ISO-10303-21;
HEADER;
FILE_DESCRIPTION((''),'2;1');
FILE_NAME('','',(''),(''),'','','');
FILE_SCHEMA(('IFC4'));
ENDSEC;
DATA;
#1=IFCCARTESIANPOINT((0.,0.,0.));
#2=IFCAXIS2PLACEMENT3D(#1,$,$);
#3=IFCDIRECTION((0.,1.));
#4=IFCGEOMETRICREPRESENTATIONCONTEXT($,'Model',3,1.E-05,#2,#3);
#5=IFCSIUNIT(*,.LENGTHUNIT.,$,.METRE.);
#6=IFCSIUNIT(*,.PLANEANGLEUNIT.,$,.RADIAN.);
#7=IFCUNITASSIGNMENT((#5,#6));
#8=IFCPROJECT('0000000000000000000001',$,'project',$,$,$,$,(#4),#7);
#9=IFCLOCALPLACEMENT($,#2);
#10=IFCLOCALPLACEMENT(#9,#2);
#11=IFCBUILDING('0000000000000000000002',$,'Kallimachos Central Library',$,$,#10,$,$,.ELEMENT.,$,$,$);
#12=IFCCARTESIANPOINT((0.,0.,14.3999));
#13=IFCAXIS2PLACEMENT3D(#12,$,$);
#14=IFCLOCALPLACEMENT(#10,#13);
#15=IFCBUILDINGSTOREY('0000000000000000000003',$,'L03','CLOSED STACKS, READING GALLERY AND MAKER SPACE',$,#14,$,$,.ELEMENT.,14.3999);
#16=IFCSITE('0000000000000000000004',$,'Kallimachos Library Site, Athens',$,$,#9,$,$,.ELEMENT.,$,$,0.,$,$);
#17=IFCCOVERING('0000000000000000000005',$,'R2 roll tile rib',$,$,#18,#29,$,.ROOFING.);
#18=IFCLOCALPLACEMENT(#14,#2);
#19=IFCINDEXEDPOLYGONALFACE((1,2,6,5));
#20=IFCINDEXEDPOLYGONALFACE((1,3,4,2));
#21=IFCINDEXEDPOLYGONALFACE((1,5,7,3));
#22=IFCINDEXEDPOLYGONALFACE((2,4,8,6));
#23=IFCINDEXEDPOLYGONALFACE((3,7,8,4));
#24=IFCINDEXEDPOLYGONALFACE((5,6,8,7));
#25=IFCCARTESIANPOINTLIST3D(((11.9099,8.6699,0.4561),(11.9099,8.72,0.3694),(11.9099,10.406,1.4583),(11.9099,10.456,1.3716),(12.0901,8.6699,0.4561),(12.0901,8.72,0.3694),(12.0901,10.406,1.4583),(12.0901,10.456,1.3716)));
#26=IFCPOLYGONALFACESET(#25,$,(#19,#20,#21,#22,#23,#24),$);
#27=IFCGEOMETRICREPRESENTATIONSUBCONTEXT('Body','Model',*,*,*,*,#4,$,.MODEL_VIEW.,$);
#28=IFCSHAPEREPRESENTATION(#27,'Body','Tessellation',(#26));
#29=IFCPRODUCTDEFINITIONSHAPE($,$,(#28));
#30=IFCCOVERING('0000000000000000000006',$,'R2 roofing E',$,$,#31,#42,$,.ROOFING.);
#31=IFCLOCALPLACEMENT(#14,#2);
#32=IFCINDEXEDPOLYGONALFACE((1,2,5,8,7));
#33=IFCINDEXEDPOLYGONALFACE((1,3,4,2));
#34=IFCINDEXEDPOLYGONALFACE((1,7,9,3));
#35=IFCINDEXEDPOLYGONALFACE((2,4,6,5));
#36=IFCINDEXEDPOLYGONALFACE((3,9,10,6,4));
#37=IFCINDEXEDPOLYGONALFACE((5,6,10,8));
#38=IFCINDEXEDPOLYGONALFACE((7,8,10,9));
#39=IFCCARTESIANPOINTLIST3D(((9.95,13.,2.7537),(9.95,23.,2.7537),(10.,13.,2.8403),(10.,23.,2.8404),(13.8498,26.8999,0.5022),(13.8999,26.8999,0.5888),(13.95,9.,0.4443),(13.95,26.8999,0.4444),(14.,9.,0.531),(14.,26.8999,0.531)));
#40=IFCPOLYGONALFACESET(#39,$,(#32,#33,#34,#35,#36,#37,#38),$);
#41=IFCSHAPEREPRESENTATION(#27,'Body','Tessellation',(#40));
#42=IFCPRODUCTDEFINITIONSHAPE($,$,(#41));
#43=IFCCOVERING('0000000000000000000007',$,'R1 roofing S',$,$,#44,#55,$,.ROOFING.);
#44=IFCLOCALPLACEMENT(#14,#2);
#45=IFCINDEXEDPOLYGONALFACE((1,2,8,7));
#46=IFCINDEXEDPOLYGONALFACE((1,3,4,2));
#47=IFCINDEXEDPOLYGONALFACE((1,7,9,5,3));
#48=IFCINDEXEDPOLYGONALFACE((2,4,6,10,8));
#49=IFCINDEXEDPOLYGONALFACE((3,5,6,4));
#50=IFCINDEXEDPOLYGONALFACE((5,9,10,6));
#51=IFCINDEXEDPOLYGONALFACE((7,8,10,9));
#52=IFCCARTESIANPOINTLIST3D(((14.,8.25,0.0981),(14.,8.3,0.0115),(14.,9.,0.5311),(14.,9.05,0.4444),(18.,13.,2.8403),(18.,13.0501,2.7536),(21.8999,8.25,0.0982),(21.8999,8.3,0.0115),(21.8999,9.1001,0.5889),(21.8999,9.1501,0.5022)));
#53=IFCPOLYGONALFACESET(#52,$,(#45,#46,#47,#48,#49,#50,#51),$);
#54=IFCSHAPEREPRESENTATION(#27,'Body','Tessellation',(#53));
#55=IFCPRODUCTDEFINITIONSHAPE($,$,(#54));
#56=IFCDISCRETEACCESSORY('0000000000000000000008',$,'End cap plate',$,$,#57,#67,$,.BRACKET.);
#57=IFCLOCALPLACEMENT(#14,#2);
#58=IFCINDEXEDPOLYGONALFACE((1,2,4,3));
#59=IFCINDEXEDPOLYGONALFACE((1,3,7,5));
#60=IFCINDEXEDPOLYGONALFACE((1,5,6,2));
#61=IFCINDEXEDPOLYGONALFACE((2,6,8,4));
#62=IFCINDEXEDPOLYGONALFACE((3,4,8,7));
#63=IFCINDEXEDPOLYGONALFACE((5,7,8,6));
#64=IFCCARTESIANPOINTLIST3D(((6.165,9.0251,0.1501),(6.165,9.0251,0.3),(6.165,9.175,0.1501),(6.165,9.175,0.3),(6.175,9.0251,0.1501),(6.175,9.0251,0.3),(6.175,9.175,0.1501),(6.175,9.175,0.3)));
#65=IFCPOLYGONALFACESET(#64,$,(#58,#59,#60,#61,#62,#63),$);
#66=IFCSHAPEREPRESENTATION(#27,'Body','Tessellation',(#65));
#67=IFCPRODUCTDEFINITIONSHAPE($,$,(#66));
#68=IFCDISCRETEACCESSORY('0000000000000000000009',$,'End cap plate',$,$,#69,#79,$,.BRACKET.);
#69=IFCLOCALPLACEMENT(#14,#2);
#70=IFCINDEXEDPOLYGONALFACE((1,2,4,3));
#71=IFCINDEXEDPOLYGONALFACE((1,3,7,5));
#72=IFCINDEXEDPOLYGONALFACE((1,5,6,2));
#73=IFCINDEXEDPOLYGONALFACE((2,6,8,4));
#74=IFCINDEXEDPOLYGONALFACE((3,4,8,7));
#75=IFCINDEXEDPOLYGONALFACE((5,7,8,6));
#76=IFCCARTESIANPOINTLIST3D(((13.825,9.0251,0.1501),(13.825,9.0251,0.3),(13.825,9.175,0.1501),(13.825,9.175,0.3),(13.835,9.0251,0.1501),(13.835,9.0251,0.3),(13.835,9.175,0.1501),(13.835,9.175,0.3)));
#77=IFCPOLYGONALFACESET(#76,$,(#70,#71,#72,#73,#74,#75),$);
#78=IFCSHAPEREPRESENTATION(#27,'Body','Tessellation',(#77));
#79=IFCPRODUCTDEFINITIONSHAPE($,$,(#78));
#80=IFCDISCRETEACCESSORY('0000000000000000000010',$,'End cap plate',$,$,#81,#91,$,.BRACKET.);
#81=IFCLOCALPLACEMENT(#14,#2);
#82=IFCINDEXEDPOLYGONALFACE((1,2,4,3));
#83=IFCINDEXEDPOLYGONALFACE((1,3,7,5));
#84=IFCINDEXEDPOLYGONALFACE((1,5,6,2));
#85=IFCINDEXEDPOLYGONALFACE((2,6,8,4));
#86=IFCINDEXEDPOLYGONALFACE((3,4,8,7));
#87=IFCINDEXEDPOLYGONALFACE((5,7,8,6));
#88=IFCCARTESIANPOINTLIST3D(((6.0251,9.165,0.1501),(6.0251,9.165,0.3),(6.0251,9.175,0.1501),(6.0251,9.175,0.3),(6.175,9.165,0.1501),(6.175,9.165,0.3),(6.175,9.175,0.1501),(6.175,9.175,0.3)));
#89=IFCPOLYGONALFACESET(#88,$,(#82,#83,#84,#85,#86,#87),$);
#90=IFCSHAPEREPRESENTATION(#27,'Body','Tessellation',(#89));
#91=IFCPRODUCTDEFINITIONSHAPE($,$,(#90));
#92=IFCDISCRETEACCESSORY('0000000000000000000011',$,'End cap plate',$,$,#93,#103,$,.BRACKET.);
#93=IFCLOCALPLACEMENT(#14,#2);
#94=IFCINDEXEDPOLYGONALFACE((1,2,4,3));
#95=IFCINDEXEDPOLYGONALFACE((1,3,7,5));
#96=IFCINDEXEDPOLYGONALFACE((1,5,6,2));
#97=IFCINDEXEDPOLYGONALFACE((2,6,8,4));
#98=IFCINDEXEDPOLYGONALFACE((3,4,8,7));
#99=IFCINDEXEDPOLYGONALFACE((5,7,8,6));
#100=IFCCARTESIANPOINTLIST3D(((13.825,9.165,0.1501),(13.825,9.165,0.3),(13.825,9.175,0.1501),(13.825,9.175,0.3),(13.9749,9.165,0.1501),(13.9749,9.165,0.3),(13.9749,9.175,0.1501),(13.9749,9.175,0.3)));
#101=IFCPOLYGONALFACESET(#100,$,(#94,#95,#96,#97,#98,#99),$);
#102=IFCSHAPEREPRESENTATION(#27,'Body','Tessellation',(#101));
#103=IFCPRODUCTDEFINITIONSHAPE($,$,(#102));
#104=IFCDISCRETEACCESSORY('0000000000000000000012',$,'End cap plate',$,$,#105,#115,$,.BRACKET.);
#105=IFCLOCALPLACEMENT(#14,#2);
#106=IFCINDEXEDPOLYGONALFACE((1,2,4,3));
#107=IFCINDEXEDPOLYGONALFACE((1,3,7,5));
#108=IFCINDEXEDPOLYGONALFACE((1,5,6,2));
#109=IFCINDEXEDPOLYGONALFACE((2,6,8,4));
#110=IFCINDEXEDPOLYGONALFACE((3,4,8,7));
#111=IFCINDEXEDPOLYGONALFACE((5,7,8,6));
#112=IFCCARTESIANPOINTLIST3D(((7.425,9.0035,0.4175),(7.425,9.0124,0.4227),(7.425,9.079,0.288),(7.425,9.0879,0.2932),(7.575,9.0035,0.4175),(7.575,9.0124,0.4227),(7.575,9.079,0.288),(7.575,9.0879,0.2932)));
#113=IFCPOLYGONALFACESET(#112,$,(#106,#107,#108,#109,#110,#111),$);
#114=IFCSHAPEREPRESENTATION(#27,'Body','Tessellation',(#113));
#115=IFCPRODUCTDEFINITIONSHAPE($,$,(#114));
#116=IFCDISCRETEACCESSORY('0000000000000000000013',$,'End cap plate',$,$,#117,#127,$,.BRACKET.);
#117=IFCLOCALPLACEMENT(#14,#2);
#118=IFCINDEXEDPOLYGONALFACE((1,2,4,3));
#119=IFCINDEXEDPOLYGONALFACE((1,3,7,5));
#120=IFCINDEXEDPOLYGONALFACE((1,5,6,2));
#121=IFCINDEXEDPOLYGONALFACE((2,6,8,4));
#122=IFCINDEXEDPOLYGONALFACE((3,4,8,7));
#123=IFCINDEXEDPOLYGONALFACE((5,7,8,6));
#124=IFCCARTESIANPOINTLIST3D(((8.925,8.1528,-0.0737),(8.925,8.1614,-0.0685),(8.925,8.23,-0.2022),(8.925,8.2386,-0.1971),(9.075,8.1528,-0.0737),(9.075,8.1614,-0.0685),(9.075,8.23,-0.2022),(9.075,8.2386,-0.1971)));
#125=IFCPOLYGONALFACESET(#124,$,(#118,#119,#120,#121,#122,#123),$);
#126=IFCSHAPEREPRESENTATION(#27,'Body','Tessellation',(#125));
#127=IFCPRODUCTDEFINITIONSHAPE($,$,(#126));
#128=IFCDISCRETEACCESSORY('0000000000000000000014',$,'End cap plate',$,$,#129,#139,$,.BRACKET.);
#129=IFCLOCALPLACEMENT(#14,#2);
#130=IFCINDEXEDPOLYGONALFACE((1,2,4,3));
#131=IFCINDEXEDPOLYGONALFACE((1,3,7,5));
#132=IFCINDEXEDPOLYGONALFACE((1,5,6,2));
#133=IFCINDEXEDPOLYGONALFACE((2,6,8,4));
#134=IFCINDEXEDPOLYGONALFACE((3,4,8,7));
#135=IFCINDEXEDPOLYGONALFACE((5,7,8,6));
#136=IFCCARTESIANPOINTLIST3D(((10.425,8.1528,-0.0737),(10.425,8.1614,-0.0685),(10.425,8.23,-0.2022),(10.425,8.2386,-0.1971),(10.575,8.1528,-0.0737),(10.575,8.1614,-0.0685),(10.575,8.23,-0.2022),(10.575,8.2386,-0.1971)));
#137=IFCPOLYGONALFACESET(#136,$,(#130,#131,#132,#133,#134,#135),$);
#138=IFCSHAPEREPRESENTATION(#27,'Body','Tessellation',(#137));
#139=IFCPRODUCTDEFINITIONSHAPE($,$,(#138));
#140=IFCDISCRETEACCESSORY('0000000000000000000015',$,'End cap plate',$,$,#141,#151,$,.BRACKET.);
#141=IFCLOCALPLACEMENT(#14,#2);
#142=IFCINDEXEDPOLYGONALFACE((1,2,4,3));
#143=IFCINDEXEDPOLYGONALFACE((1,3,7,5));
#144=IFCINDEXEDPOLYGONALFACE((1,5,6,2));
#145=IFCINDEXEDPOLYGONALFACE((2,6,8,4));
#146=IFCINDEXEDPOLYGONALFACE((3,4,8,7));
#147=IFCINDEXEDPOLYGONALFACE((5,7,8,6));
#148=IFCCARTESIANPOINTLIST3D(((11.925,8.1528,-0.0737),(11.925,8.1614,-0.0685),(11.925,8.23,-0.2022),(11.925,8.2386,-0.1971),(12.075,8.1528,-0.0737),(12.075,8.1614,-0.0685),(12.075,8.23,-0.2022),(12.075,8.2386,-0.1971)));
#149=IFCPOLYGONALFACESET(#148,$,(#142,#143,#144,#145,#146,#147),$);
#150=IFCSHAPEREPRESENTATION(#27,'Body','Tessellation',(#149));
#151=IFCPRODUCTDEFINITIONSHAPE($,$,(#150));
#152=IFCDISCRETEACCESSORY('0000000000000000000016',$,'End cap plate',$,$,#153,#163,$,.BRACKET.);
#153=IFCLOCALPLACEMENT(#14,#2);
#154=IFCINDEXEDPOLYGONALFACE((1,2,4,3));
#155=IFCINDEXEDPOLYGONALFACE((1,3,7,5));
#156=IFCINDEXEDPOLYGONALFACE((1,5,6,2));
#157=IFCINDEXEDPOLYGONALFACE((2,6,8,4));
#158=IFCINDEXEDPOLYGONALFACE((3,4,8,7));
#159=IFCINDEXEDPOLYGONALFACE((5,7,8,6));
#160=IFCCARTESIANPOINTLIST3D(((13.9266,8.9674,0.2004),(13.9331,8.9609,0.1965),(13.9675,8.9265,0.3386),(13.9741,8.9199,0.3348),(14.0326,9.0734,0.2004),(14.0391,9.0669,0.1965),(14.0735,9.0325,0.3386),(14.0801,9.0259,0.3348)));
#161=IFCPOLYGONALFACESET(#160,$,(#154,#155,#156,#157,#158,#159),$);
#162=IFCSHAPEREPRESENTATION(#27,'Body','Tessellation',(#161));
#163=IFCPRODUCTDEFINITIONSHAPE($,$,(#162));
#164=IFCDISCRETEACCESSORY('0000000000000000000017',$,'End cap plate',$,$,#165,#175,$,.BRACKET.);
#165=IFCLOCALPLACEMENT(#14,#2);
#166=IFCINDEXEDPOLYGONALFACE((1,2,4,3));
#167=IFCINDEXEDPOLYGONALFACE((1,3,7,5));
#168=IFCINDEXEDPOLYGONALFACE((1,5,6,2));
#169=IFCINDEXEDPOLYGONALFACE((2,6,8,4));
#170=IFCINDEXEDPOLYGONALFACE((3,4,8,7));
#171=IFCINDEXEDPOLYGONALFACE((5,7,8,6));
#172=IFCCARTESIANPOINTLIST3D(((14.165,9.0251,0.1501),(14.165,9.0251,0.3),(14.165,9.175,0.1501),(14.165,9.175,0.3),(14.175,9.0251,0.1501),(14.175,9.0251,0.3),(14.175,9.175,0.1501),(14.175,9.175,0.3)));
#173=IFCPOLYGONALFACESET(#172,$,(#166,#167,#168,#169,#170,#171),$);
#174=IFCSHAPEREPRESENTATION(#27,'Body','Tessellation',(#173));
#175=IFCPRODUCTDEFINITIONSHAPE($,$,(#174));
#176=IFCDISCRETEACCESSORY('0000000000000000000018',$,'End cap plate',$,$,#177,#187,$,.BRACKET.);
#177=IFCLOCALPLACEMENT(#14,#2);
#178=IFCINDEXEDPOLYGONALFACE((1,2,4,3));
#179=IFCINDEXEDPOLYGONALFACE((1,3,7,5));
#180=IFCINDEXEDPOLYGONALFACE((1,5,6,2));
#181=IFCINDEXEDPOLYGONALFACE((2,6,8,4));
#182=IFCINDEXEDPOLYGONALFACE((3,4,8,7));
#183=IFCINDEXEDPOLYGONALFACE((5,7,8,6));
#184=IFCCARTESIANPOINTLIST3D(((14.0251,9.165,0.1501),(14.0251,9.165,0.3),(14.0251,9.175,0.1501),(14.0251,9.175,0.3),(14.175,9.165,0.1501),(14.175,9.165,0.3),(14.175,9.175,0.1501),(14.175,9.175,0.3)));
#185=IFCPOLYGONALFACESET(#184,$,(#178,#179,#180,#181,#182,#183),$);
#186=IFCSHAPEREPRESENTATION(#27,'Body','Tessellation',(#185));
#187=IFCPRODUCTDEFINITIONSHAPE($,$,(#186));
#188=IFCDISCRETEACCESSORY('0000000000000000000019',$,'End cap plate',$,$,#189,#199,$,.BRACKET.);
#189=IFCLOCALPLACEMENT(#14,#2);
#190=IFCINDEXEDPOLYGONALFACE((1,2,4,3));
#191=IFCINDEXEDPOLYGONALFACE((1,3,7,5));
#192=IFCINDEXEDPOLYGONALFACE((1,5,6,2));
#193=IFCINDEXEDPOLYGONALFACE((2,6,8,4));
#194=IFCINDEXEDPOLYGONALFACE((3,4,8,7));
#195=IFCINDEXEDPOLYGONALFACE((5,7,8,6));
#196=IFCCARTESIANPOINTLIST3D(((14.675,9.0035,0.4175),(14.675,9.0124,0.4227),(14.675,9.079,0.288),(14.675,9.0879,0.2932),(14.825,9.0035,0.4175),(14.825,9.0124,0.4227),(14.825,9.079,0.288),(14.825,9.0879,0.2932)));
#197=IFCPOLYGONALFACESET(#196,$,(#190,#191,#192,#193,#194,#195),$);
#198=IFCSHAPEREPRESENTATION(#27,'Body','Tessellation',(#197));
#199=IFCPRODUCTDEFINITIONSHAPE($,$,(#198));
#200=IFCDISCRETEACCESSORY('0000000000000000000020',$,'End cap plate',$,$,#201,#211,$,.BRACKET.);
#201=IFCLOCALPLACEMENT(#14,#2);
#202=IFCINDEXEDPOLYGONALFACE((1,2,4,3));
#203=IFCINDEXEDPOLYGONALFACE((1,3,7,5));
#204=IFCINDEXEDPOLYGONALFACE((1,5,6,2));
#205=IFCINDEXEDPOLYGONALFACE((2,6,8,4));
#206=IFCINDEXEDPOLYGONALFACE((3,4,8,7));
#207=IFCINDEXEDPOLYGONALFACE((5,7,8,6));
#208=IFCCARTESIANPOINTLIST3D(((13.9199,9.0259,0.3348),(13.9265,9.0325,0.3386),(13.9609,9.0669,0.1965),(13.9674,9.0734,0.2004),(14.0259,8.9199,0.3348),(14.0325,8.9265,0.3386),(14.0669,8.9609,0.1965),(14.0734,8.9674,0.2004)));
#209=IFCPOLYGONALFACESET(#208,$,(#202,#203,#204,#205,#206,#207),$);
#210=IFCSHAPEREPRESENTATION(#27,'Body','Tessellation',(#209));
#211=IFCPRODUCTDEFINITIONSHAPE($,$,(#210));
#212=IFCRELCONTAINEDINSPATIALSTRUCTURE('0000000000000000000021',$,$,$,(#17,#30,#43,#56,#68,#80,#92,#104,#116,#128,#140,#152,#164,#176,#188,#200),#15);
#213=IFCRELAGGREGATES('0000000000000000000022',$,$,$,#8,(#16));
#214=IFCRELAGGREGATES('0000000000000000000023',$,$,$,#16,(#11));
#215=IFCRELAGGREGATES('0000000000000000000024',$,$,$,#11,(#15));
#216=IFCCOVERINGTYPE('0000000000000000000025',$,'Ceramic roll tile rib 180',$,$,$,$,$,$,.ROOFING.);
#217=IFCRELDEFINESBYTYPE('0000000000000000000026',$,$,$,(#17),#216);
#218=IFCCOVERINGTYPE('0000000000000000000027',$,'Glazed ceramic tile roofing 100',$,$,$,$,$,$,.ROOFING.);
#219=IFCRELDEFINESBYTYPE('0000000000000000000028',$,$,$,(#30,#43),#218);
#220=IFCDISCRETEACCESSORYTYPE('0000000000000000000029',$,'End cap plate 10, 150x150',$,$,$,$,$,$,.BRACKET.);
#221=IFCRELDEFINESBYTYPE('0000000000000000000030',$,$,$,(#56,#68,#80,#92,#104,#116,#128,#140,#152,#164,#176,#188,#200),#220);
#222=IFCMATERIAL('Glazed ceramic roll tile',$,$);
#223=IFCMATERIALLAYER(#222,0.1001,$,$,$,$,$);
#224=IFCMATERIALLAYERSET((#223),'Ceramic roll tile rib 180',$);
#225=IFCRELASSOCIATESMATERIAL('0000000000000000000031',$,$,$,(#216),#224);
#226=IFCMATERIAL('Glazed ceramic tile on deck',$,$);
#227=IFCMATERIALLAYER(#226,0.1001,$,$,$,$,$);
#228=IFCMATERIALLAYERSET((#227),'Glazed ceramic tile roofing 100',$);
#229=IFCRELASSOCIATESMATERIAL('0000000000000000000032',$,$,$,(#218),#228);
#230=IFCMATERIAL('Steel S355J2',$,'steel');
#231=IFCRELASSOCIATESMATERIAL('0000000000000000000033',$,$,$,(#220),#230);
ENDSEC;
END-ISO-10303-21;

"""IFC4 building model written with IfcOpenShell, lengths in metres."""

from ifc_helpers import new_model, si_unit, direction, frame, origin, origin_2d, place, context, subcontext, project, spatial, polyline, rectangle, outline, extrude, material, layer, layer_set, material_profile, profile_set, type_object, element, save


model = new_model("IFC4")

# Units and contexts
model_context = context("Model", 3, precision=1e-05, world=origin(), true_north=direction((0.0, 1.0)))
body_context = subcontext(model_context, "Body", "Model", "MODEL_VIEW")
ifc_project = project(units=[si_unit("LENGTHUNIT", "METRE"), si_unit("PLANEANGLEUNIT", "RADIAN")], contexts=[model_context])

# Site, building, storey
site_placement = place(None, origin())
site = spatial("IfcSite", under=ifc_project, at=site_placement, Name="Kallimachos Library Site, Athens", CompositionType="ELEMENT", RefElevation=0.0)
building_placement = place(site_placement, origin())
building = spatial("IfcBuilding", under=site, at=building_placement, Name="Kallimachos Central Library", CompositionType="ELEMENT")
storey_placement = place(building_placement, frame((0.0, 0.0, 14.3999)))
storey = spatial("IfcBuildingStorey", under=building, at=storey_placement, Name="L03", Description="CLOSED STACKS, READING GALLERY AND MAKER SPACE", CompositionType="ELEMENT", Elevation=14.3999)

# Coverings
ifc_material_1 = material(Name="Glazed ceramic roll tile")
ifc_layer_1 = layer(ifc_material_1, 0.1001)
ifc_layer_set_1 = layer_set([ifc_layer_1], Name="Ceramic roll tile rib 180")
covering_type_1 = type_object("IfcCoveringType", Name="Ceramic roll tile rib 180", PredefinedType="ROOFING", material=ifc_layer_set_1)
covering_1_placement = place(storey_placement, frame((11.9099, 8.6699, 0.4561), z_axis=(0.0, -0.499951, 0.866054), x_axis=(0.0, 0.866054, 0.499951)))
element("IfcCovering", 1, at=covering_1_placement, inside=storey, type_object=covering_type_1, Name="R2 roll tile rib", PredefinedType="ROOFING", context=body_context, shape_type="SweptSolid", body=[
    extrude(outline(polyline([(0.0, 0.0), (2.0046, 0.0), (2.0046, -0.1802), (0.0, -0.1802), (0.0, 0.0)])), origin(), (0.0, 0.0, -1.0), 0.1001),
])
ifc_material_2 = material(Name="Glazed ceramic tile on deck")
ifc_layer_2 = layer(ifc_material_2, 0.1001)
ifc_layer_set_2 = layer_set([ifc_layer_2], Name="Glazed ceramic tile roofing 100")
covering_type_2 = type_object("IfcCoveringType", Name="Glazed ceramic tile roofing 100", PredefinedType="ROOFING", material=ifc_layer_set_2)
covering_2_placement = place(storey_placement, frame((14.0, 9.0, 0.531), z_axis=(0.499989, -0.000002, 0.866031), x_axis=(0.000001, 1.0, 0.000002)))
element("IfcCovering", 2, at=covering_2_placement, inside=storey, type_object=covering_type_2, Name="R2 roofing E", PredefinedType="ROOFING", context=body_context, shape_type="SweptSolid", body=[
    extrude(outline(polyline([(0.0, 0.0), (17.8999, 0.0), (17.8999, 0.1156), (14.0, 4.6188), (4.0, 4.6188), (0.0, 0.0)])), origin(), (0.0, 0.0, -1.0), 0.1001),
])
covering_3_placement = place(storey_placement, frame((14.0, 8.25, 0.0981), z_axis=(-0.000007, -0.49996, 0.866049), x_axis=(1.0, -0.000004, 0.000006)))
element("IfcCovering", 3, at=covering_3_placement, inside=storey, type_object=covering_type_2, Name="R1 roofing S", PredefinedType="ROOFING", context=body_context, shape_type="SweptSolid", body=[
    extrude(outline(polyline([(0.0, 0.0), (7.8999, 0.0), (7.8999, 0.9816), (4.0, 5.4847), (0.0, 0.8659), (0.0, 0.0)])), origin(), (0.0, 0.0, -1.0), 0.1001),
])

# Discrete accessories
ifc_material_3 = material(Name="Steel S355J2", Category="steel")
ifc_material_profile_1 = material_profile(ifc_material_3, rectangle(XDim=0.1499, YDim=0.1499, at=origin_2d()), Name="End cap plate 10, 150x150")
ifc_profile_set_1 = profile_set([ifc_material_profile_1], Name="Steel S355J2")
discrete_accessory_type = type_object("IfcDiscreteAccessoryType", Name="End cap plate 10, 150x150", PredefinedType="BRACKET", material=ifc_profile_set_1)
for number, where, z_axis, x_axis, name in (
    (4, (6.165, 9.1001, 0.2251), (1.0, 0.0, 0.0), (0.0, 1.0, 0.0), "End cap plate"),
    (5, (13.825, 9.1001, 0.2251), (1.0, 0.0, 0.0), (0.0, 1.0, 0.0), "End cap plate"),
    (6, (6.1001, 9.165, 0.2251), (0.0, 1.0, 0.0), (-1.0, 0.0, 0.0), "End cap plate"),
    (7, (13.8999, 9.165, 0.2251), (0.0, 1.0, 0.0), (-1.0, 0.0, 0.0), "End cap plate"),
):
    element("IfcDiscreteAccessory", number, at=place(storey_placement, frame(where, z_axis=z_axis, x_axis=x_axis)), inside=storey, type_object=discrete_accessory_type, Name=name, PredefinedType="BRACKET", context=body_context, shape_type="SweptSolid", body=[
        extrude(rectangle(XDim=0.1499, YDim=0.1499, at=origin_2d()), origin(), (0.0, 0.0, 1.0), 0.01),
    ])
discrete_accessory_1_placement = place(storey_placement, frame((7.5, 9.0413, 0.3528), z_axis=(0.0, 0.863779, 0.503871), x_axis=(-1.0, 0.0, 0.0)))
element("IfcDiscreteAccessory", 8, at=discrete_accessory_1_placement, inside=storey, type_object=discrete_accessory_type, Name="End cap plate", PredefinedType="BRACKET", context=body_context, shape_type="SweptSolid", body=[
    extrude(rectangle(XDim=0.1499, YDim=0.1499, at=origin_2d()), origin(), (0.0, 0.0, 1.0), 0.0103),
])
for number, where, z_axis, x_axis, name in (
    (9, (9.0, 8.1914, -0.1379), (0.0, 0.857493, 0.514496), (-1.0, 0.0, 0.0), "End cap plate"),
    (10, (10.5, 8.1914, -0.1379), (0.0, 0.857493, 0.514496), (-1.0, 0.0, 0.0), "End cap plate"),
    (11, (12.0, 8.1914, -0.1379), (0.0, 0.857493, 0.514496), (-1.0, 0.0, 0.0), "End cap plate"),
    (12, (14.0066, 8.9934, 0.2656), (-0.652166, 0.652166, 0.386469), (-0.707107, -0.707107, 0.0), "End cap plate"),
    (13, (14.165, 9.1001, 0.2251), (1.0, 0.0, 0.0), (0.0, 1.0, 0.0), "End cap plate"),
    (14, (14.1001, 9.165, 0.2251), (0.0, 1.0, 0.0), (-1.0, 0.0, 0.0), "End cap plate"),
):
    element("IfcDiscreteAccessory", number, at=place(storey_placement, frame(where, z_axis=z_axis, x_axis=x_axis)), inside=storey, type_object=discrete_accessory_type, Name=name, PredefinedType="BRACKET", context=body_context, shape_type="SweptSolid", body=[
        extrude(rectangle(XDim=0.1499, YDim=0.1499, at=origin_2d()), origin(), (0.0, 0.0, 1.0), 0.01),
    ])
discrete_accessory_2_placement = place(storey_placement, frame((14.75, 9.0413, 0.3528), z_axis=(0.0, 0.863779, 0.503871), x_axis=(-1.0, 0.0, 0.0)))
element("IfcDiscreteAccessory", 15, at=discrete_accessory_2_placement, inside=storey, type_object=discrete_accessory_type, Name="End cap plate", PredefinedType="BRACKET", context=body_context, shape_type="SweptSolid", body=[
    extrude(rectangle(XDim=0.1499, YDim=0.1499, at=origin_2d()), origin(), (0.0, 0.0, 1.0), 0.0103),
])
discrete_accessory_3_placement = place(storey_placement, frame((13.9934, 8.9934, 0.2656), z_axis=(0.652166, 0.652166, 0.386469), x_axis=(-0.707107, 0.707107, 0.0)))
element("IfcDiscreteAccessory", 16, at=discrete_accessory_3_placement, inside=storey, type_object=discrete_accessory_type, Name="End cap plate", PredefinedType="BRACKET", context=body_context, shape_type="SweptSolid", body=[
    extrude(rectangle(XDim=0.1499, YDim=0.1499, at=origin_2d()), origin(), (0.0, 0.0, 1.0), 0.01),
])

save(model, "model.ifc")
